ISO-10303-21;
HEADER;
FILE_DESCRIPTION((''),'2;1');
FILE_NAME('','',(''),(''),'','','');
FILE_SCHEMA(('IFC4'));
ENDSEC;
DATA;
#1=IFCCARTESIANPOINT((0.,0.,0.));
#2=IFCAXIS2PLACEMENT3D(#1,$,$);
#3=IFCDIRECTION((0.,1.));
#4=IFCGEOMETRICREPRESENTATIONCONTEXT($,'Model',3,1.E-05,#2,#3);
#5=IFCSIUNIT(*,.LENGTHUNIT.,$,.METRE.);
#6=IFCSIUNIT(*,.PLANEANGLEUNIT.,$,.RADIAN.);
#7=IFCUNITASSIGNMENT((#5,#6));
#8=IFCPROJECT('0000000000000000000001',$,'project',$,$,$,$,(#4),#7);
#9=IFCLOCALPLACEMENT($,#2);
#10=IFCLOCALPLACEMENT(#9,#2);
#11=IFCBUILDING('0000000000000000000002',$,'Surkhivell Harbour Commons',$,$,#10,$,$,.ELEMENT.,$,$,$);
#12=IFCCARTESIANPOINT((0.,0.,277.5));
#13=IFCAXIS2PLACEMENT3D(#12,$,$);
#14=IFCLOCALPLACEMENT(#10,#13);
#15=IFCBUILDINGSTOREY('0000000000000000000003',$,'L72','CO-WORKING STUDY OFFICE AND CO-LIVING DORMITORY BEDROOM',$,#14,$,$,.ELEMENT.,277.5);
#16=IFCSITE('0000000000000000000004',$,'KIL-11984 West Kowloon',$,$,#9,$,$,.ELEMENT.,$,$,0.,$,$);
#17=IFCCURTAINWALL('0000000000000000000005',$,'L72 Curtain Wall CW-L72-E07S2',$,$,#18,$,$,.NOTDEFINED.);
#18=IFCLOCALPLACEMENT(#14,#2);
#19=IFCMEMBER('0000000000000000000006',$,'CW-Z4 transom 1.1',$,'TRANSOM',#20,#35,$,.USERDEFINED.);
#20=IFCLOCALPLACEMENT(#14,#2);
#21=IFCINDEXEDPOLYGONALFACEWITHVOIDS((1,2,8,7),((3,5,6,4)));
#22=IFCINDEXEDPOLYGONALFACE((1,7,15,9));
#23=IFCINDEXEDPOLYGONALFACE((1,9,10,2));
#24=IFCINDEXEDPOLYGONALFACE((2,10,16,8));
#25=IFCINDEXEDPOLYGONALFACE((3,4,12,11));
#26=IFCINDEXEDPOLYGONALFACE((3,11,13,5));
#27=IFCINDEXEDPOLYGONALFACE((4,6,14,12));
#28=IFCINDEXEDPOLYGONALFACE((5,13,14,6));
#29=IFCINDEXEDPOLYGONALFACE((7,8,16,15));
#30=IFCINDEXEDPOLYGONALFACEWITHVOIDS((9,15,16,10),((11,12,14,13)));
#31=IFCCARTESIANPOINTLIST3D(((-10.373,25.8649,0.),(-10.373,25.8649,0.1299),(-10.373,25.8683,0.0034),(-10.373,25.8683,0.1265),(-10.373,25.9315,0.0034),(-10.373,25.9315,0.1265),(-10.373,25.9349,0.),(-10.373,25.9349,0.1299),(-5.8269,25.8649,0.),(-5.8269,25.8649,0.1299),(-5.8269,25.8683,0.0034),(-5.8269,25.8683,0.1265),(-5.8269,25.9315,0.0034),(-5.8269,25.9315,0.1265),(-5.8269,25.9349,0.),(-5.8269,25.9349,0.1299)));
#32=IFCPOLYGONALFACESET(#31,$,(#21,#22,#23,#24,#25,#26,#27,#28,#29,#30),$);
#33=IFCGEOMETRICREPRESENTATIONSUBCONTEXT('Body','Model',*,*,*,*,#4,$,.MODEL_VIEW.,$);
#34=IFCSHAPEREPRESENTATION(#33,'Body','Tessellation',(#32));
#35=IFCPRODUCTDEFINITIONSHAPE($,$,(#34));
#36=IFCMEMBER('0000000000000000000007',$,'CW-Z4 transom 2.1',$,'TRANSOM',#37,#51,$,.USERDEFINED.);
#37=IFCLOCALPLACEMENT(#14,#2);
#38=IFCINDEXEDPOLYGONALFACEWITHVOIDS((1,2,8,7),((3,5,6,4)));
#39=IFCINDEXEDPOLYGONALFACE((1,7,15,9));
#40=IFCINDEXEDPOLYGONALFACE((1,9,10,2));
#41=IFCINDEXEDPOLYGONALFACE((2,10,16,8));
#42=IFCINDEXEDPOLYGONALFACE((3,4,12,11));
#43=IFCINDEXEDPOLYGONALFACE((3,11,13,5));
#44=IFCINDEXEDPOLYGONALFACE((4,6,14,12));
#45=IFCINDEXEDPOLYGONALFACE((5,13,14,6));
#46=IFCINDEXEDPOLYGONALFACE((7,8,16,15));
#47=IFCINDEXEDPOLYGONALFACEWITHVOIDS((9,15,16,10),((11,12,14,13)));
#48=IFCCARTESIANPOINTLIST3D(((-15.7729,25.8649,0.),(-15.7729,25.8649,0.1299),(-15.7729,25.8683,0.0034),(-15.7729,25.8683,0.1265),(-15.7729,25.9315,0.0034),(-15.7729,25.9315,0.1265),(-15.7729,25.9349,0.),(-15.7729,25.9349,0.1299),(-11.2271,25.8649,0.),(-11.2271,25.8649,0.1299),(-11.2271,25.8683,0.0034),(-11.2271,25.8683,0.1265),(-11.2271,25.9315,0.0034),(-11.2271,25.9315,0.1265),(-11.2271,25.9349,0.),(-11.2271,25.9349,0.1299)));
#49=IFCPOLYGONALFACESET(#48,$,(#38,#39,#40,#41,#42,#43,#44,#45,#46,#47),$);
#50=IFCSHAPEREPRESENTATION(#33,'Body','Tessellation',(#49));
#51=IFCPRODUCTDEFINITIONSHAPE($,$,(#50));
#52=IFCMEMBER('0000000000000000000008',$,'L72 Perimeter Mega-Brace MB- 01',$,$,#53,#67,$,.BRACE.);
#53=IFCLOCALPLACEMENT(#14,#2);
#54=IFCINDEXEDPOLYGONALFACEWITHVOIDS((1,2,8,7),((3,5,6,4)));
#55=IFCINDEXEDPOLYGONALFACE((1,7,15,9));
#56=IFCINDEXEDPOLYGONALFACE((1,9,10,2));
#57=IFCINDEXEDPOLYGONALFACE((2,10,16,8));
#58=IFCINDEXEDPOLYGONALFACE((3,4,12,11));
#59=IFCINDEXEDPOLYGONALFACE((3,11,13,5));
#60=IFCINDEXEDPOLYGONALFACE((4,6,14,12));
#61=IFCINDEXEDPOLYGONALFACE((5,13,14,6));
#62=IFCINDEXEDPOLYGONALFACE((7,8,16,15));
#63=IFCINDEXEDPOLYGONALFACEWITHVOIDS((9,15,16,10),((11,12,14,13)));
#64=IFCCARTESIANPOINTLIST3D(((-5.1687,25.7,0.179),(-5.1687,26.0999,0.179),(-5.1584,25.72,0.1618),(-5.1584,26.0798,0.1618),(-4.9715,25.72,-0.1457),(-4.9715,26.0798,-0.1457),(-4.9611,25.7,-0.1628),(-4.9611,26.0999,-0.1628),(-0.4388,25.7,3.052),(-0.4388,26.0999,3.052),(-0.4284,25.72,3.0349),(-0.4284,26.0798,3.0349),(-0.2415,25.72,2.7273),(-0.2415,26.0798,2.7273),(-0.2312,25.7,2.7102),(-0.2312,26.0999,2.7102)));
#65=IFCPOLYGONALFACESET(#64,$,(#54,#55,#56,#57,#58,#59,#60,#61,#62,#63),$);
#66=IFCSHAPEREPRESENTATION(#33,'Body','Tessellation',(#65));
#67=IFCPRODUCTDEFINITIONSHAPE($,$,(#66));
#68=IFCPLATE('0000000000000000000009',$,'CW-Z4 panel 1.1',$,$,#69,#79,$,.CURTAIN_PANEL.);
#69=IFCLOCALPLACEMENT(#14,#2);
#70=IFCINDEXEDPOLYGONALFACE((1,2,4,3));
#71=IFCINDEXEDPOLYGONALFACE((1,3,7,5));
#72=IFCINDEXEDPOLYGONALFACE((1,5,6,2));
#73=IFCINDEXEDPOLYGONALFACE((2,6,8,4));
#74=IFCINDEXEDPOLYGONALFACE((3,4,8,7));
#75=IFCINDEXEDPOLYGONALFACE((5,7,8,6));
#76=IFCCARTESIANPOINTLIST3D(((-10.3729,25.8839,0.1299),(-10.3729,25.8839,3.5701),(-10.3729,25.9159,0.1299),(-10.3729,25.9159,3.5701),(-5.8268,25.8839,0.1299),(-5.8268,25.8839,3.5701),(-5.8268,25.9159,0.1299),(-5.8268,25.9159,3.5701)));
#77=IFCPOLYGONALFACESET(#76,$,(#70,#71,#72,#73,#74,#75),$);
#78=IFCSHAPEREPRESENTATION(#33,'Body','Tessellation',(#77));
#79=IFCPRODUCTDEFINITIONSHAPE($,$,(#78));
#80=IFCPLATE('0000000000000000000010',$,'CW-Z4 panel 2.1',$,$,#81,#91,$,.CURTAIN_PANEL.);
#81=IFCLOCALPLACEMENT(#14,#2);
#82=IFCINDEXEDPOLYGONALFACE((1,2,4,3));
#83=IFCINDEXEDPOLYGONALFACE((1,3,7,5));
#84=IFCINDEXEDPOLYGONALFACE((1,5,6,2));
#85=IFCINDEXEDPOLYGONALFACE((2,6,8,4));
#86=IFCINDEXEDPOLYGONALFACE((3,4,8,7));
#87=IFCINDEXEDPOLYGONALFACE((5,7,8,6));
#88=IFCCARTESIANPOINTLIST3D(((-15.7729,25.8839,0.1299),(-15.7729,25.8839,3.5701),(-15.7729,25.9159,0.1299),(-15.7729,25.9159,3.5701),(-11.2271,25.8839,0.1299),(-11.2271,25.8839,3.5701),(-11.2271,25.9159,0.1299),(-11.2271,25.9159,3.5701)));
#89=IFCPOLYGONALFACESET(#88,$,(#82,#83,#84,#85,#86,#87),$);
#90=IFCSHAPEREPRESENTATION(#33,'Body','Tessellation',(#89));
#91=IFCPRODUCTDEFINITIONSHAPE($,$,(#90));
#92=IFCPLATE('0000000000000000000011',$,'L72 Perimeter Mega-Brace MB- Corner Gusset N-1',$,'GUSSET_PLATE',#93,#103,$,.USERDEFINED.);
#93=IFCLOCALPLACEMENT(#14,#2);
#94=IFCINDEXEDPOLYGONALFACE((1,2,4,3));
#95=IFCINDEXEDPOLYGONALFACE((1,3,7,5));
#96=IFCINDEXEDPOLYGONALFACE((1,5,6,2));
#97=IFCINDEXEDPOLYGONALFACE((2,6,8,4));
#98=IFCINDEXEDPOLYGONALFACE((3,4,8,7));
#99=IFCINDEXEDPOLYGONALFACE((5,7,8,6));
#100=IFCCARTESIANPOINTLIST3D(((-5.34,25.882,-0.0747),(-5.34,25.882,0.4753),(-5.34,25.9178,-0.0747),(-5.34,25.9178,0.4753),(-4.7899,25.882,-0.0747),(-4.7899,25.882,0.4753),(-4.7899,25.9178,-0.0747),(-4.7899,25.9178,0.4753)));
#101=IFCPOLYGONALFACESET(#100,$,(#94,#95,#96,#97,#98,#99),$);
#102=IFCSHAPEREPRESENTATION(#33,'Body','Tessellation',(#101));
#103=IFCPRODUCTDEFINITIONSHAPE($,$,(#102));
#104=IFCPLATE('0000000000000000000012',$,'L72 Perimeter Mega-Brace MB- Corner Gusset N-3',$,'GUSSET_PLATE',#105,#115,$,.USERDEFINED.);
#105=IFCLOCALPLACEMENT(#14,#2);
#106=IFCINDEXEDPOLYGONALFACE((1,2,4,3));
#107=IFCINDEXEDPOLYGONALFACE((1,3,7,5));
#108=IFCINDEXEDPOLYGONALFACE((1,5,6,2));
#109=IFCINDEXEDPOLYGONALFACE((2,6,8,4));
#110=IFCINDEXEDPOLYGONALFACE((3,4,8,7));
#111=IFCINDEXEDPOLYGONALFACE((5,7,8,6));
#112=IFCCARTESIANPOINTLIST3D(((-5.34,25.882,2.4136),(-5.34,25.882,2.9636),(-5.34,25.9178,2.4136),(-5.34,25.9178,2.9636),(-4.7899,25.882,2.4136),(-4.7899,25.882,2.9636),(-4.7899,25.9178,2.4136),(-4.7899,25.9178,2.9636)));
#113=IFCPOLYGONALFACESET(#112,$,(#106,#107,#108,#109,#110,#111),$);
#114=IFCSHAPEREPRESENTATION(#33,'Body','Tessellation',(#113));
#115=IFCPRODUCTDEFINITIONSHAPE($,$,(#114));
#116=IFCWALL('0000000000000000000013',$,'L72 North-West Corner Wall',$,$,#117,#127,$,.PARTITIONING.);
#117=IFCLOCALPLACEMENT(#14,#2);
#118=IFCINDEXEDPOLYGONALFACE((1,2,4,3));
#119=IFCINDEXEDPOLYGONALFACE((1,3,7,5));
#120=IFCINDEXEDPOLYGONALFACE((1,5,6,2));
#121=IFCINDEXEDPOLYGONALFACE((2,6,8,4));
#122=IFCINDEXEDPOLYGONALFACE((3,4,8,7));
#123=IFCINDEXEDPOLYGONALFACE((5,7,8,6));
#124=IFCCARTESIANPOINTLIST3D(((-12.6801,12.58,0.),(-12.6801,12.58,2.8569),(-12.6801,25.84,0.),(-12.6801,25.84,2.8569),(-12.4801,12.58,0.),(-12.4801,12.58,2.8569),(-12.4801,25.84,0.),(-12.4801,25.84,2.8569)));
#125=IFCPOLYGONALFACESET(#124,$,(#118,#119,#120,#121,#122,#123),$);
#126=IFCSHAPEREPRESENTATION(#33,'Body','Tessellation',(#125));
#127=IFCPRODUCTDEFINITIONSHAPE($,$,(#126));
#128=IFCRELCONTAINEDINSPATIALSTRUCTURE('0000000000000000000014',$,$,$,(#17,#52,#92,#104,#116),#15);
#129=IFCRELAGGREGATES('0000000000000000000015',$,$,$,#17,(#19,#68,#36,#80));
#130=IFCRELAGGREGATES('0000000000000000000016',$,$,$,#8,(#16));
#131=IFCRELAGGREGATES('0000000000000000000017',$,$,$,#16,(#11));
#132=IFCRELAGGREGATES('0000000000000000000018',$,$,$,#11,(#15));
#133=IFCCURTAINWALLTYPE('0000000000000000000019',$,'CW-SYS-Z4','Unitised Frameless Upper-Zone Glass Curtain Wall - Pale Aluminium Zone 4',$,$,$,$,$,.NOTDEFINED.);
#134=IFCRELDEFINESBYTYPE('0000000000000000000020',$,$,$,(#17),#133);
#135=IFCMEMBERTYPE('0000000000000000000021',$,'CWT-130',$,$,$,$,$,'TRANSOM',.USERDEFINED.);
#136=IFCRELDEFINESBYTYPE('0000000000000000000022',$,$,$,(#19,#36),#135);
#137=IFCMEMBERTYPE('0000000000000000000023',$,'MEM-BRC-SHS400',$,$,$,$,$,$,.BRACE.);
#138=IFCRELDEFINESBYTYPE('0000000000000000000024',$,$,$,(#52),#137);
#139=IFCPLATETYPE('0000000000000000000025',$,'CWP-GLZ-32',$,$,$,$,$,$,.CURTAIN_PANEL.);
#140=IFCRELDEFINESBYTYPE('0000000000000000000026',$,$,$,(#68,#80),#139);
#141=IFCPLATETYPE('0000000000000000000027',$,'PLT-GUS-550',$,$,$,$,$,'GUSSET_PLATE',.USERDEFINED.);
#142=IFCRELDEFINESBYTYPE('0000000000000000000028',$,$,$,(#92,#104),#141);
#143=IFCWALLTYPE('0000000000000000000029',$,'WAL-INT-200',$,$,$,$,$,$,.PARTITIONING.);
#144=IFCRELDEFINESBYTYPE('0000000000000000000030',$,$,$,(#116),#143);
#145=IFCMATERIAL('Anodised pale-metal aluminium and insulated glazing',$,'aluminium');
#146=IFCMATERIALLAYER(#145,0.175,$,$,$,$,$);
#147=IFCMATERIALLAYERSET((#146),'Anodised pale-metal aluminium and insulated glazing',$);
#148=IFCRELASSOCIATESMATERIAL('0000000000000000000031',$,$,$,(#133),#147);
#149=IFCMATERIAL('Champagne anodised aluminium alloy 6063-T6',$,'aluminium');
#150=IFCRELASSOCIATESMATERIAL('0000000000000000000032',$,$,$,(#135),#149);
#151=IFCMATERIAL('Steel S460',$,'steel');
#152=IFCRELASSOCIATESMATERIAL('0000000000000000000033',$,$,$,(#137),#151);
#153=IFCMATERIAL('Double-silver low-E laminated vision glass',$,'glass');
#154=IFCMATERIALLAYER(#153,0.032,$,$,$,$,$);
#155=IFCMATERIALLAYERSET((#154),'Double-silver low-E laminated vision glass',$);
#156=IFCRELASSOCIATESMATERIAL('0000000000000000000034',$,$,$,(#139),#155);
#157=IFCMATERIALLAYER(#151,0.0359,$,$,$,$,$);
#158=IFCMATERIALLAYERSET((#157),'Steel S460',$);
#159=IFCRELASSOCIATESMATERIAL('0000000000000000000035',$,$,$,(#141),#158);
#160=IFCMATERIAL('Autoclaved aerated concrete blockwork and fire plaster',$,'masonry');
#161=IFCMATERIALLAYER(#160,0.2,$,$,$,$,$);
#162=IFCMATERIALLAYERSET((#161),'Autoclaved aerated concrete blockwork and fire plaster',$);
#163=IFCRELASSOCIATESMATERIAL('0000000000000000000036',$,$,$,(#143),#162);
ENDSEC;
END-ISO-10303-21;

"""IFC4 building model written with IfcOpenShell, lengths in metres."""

from ifc_helpers import new_model, si_unit, direction, frame, frame_2d, origin, origin_2d, place, context, subcontext, project, spatial, rectangle, hollow_rectangle, extrude, material, layer, layer_set, material_profile, profile_set, type_object, element, aggregate, save


model = new_model("IFC4")

# Units and contexts
model_context = context("Model", 3, precision=1e-05, world=origin(), true_north=direction((0.0, 1.0)))
body_context = subcontext(model_context, "Body", "Model", "MODEL_VIEW")
ifc_project = project(units=[si_unit("LENGTHUNIT", "METRE"), si_unit("PLANEANGLEUNIT", "RADIAN")], contexts=[model_context])

# Site, building, storey
site_placement = place(None, origin())
site = spatial("IfcSite", under=ifc_project, at=site_placement, Name="KIL-11984 West Kowloon", CompositionType="ELEMENT", RefElevation=0.0)
building_placement = place(site_placement, origin())
building = spatial("IfcBuilding", under=site, at=building_placement, Name="Surkhivell Harbour Commons", CompositionType="ELEMENT")
storey_placement = place(building_placement, frame((0.0, 0.0, 277.5)))
storey = spatial("IfcBuildingStorey", under=building, at=storey_placement, Name="L72", Description="CO-WORKING STUDY OFFICE AND CO-LIVING DORMITORY BEDROOM", CompositionType="ELEMENT", Elevation=277.5)

# Curtain wall, members
ifc_material_1 = material(Name="Anodised pale-metal aluminium and insulated glazing", Category="aluminium")
ifc_layer_1 = layer(ifc_material_1, 0.175)
ifc_layer_set_1 = layer_set([ifc_layer_1], Name="Anodised pale-metal aluminium and insulated glazing")
curtain_wall_type = type_object("IfcCurtainWallType", Name="CW-SYS-Z4", Description="Unitised Frameless Upper-Zone Glass Curtain Wall - Pale Aluminium Zone 4", PredefinedType="NOTDEFINED", material=ifc_layer_set_1)
curtain_wall_placement = place(storey_placement, origin())
curtain_wall = element("IfcCurtainWall", 1, at=curtain_wall_placement, inside=storey, type_object=curtain_wall_type, Name="L72 Curtain Wall CW-L72-E07S2", PredefinedType="NOTDEFINED")
ifc_material_2 = material(Name="Champagne anodised aluminium alloy 6063-T6", Category="aluminium")
ifc_material_profile_1 = material_profile(ifc_material_2, hollow_rectangle(XDim=0.0701, YDim=0.1299, WallThickness=0.0034, at=origin_2d()), Name="ALU-TRAN-70x130")
ifc_profile_set_1 = profile_set([ifc_material_profile_1], Name="Champagne anodised aluminium alloy 6063-T6")
member_type_1 = type_object("IfcMemberType", Name="CWT-130", ElementType="TRANSOM", PredefinedType="USERDEFINED", material=ifc_profile_set_1)
member_1_placement = place(storey_placement, frame((-5.8269, 25.8999, 0.0649), z_axis=(-1.0, 0.0, 0.0), x_axis=(0.0, -1.0, 0.0)))
member_1 = element("IfcMember", 2, at=member_1_placement, type_object=member_type_1, Name="CW-Z4 transom 1.1", ObjectType="TRANSOM", PredefinedType="USERDEFINED", context=body_context, shape_type="SweptSolid", body=[
    extrude(hollow_rectangle(XDim=0.0701, YDim=0.1299, WallThickness=0.0034, at=origin_2d()), origin(), (0.0, 0.0, 1.0), 4.5461),
])
member_2_placement = place(storey_placement, frame((-11.2271, 25.8999, 0.0649), z_axis=(-1.0, 0.0, 0.0), x_axis=(0.0, -1.0, 0.0)))
member_2 = element("IfcMember", 3, at=member_2_placement, type_object=member_type_1, Name="CW-Z4 transom 2.1", ObjectType="TRANSOM", PredefinedType="USERDEFINED", context=body_context, shape_type="SweptSolid", body=[
    extrude(hollow_rectangle(XDim=0.0701, YDim=0.1299, WallThickness=0.0034, at=origin_2d()), origin(), (0.0, 0.0, 1.0), 4.5459),
])

# Member
ifc_material_3 = material(Name="Steel S460", Category="steel")
ifc_material_profile_2 = material_profile(ifc_material_3, hollow_rectangle(XDim=0.3999, YDim=0.3999, WallThickness=0.02, at=origin_2d()), Name="SHS400x400x20")
ifc_profile_set_2 = profile_set([ifc_material_profile_2], Name="Steel S460")
member_type_2 = type_object("IfcMemberType", Name="MEM-BRC-SHS400", PredefinedType="BRACE", material=ifc_profile_set_2)
member_3_placement = place(storey_placement, frame((-5.0649, 25.8999, 0.0081), z_axis=(0.854685, 0.0, 0.519146), x_axis=(0.0, 1.0, 0.0)))
element("IfcMember", 4, at=member_3_placement, inside=storey, type_object=member_type_2, Name="L72 Perimeter Mega-Brace MB- 01", PredefinedType="BRACE", context=body_context, shape_type="SweptSolid", body=[
    extrude(hollow_rectangle(XDim=0.3999, YDim=0.3999, WallThickness=0.02, at=origin_2d()), origin(), (0.0, 0.0, 1.0), 5.5342),
])

# Plates
ifc_material_4 = material(Name="Double-silver low-E laminated vision glass", Category="glass")
ifc_layer_2 = layer(ifc_material_4, 0.032)
ifc_layer_set_2 = layer_set([ifc_layer_2], Name="Double-silver low-E laminated vision glass")
plate_type_1 = type_object("IfcPlateType", Name="CWP-GLZ-32", PredefinedType="CURTAIN_PANEL", material=ifc_layer_set_2)
plate_1_placement = place(storey_placement, frame((-5.8269, 25.8999, 0.1299), z_axis=(0.0, 0.0, 1.0), x_axis=(-1.0, 0.0, 0.0)))
plate_1 = element("IfcPlate", 5, at=plate_1_placement, type_object=plate_type_1, Name="CW-Z4 panel 1.1", PredefinedType="CURTAIN_PANEL", context=body_context, shape_type="SweptSolid", body=[
    extrude(rectangle(XDim=4.5461, YDim=0.032, at=frame_2d((2.2729, 0.0))), origin(), (0.0, 0.0, 1.0), 3.4402),
])
plate_2_placement = place(storey_placement, frame((-11.2271, 25.8999, 0.1299), z_axis=(0.0, 0.0, 1.0), x_axis=(-1.0, 0.0, 0.0)))
plate_2 = element("IfcPlate", 6, at=plate_2_placement, type_object=plate_type_1, Name="CW-Z4 panel 2.1", PredefinedType="CURTAIN_PANEL", context=body_context, shape_type="SweptSolid", body=[
    extrude(rectangle(XDim=4.5459, YDim=0.032, at=frame_2d((2.2729, 0.0))), origin(), (0.0, 0.0, 1.0), 3.4402),
])
aggregate(curtain_wall, [member_1, plate_1, member_2, plate_2])

# Plates
ifc_layer_3 = layer(ifc_material_3, 0.0359)
ifc_layer_set_3 = layer_set([ifc_layer_3], Name="Steel S460")
plate_type_2 = type_object("IfcPlateType", Name="PLT-GUS-550", ElementType="GUSSET_PLATE", PredefinedType="USERDEFINED", material=ifc_layer_set_3)
for number, where, z_axis, x_axis, name in (
    (7, (-5.0649, 25.8999, -0.0747), (0.0, 0.0, 1.0), (1.0, 0.0, 0.0), "L72 Perimeter Mega-Brace MB- Corner Gusset N-1"),
    (8, (-5.0649, 25.8999, 2.4136), (0.0, 0.0, 1.0), (1.0, 0.0, 0.0), "L72 Perimeter Mega-Brace MB- Corner Gusset N-3"),
):
    element("IfcPlate", number, at=place(storey_placement, frame(where, z_axis=z_axis, x_axis=x_axis)), inside=storey, type_object=plate_type_2, Name=name, ObjectType="GUSSET_PLATE", PredefinedType="USERDEFINED", context=body_context, shape_type="SweptSolid", body=[
        extrude(rectangle(XDim=0.55, YDim=0.0359, at=origin_2d()), origin(), (0.0, 0.0, 1.0), 0.55),
    ])

# Wall
ifc_material_5 = material(Name="Autoclaved aerated concrete blockwork and fire plaster", Category="masonry")
ifc_layer_4 = layer(ifc_material_5, 0.2)
ifc_layer_set_4 = layer_set([ifc_layer_4], Name="Autoclaved aerated concrete blockwork and fire plaster")
wall_type = type_object("IfcWallType", Name="WAL-INT-200", PredefinedType="PARTITIONING", material=ifc_layer_set_4)
wall_1_placement = place(storey_placement, frame((-12.5801, 12.5801, 0.0), z_axis=(0.0, 0.0, 1.0), x_axis=(0.0, 1.0, 0.0)))
element("IfcWall", 9, at=wall_1_placement, inside=storey, type_object=wall_type, Name="L72 North-West Corner Wall", PredefinedType="PARTITIONING", context=body_context, shape_type="SweptSolid", body=[
    extrude(rectangle(XDim=13.26, YDim=0.2, at=frame_2d((6.6299, 0.0))), origin(), (0.0, 0.0, 1.0), 2.8569),
])

save(model, "model.ifc")
